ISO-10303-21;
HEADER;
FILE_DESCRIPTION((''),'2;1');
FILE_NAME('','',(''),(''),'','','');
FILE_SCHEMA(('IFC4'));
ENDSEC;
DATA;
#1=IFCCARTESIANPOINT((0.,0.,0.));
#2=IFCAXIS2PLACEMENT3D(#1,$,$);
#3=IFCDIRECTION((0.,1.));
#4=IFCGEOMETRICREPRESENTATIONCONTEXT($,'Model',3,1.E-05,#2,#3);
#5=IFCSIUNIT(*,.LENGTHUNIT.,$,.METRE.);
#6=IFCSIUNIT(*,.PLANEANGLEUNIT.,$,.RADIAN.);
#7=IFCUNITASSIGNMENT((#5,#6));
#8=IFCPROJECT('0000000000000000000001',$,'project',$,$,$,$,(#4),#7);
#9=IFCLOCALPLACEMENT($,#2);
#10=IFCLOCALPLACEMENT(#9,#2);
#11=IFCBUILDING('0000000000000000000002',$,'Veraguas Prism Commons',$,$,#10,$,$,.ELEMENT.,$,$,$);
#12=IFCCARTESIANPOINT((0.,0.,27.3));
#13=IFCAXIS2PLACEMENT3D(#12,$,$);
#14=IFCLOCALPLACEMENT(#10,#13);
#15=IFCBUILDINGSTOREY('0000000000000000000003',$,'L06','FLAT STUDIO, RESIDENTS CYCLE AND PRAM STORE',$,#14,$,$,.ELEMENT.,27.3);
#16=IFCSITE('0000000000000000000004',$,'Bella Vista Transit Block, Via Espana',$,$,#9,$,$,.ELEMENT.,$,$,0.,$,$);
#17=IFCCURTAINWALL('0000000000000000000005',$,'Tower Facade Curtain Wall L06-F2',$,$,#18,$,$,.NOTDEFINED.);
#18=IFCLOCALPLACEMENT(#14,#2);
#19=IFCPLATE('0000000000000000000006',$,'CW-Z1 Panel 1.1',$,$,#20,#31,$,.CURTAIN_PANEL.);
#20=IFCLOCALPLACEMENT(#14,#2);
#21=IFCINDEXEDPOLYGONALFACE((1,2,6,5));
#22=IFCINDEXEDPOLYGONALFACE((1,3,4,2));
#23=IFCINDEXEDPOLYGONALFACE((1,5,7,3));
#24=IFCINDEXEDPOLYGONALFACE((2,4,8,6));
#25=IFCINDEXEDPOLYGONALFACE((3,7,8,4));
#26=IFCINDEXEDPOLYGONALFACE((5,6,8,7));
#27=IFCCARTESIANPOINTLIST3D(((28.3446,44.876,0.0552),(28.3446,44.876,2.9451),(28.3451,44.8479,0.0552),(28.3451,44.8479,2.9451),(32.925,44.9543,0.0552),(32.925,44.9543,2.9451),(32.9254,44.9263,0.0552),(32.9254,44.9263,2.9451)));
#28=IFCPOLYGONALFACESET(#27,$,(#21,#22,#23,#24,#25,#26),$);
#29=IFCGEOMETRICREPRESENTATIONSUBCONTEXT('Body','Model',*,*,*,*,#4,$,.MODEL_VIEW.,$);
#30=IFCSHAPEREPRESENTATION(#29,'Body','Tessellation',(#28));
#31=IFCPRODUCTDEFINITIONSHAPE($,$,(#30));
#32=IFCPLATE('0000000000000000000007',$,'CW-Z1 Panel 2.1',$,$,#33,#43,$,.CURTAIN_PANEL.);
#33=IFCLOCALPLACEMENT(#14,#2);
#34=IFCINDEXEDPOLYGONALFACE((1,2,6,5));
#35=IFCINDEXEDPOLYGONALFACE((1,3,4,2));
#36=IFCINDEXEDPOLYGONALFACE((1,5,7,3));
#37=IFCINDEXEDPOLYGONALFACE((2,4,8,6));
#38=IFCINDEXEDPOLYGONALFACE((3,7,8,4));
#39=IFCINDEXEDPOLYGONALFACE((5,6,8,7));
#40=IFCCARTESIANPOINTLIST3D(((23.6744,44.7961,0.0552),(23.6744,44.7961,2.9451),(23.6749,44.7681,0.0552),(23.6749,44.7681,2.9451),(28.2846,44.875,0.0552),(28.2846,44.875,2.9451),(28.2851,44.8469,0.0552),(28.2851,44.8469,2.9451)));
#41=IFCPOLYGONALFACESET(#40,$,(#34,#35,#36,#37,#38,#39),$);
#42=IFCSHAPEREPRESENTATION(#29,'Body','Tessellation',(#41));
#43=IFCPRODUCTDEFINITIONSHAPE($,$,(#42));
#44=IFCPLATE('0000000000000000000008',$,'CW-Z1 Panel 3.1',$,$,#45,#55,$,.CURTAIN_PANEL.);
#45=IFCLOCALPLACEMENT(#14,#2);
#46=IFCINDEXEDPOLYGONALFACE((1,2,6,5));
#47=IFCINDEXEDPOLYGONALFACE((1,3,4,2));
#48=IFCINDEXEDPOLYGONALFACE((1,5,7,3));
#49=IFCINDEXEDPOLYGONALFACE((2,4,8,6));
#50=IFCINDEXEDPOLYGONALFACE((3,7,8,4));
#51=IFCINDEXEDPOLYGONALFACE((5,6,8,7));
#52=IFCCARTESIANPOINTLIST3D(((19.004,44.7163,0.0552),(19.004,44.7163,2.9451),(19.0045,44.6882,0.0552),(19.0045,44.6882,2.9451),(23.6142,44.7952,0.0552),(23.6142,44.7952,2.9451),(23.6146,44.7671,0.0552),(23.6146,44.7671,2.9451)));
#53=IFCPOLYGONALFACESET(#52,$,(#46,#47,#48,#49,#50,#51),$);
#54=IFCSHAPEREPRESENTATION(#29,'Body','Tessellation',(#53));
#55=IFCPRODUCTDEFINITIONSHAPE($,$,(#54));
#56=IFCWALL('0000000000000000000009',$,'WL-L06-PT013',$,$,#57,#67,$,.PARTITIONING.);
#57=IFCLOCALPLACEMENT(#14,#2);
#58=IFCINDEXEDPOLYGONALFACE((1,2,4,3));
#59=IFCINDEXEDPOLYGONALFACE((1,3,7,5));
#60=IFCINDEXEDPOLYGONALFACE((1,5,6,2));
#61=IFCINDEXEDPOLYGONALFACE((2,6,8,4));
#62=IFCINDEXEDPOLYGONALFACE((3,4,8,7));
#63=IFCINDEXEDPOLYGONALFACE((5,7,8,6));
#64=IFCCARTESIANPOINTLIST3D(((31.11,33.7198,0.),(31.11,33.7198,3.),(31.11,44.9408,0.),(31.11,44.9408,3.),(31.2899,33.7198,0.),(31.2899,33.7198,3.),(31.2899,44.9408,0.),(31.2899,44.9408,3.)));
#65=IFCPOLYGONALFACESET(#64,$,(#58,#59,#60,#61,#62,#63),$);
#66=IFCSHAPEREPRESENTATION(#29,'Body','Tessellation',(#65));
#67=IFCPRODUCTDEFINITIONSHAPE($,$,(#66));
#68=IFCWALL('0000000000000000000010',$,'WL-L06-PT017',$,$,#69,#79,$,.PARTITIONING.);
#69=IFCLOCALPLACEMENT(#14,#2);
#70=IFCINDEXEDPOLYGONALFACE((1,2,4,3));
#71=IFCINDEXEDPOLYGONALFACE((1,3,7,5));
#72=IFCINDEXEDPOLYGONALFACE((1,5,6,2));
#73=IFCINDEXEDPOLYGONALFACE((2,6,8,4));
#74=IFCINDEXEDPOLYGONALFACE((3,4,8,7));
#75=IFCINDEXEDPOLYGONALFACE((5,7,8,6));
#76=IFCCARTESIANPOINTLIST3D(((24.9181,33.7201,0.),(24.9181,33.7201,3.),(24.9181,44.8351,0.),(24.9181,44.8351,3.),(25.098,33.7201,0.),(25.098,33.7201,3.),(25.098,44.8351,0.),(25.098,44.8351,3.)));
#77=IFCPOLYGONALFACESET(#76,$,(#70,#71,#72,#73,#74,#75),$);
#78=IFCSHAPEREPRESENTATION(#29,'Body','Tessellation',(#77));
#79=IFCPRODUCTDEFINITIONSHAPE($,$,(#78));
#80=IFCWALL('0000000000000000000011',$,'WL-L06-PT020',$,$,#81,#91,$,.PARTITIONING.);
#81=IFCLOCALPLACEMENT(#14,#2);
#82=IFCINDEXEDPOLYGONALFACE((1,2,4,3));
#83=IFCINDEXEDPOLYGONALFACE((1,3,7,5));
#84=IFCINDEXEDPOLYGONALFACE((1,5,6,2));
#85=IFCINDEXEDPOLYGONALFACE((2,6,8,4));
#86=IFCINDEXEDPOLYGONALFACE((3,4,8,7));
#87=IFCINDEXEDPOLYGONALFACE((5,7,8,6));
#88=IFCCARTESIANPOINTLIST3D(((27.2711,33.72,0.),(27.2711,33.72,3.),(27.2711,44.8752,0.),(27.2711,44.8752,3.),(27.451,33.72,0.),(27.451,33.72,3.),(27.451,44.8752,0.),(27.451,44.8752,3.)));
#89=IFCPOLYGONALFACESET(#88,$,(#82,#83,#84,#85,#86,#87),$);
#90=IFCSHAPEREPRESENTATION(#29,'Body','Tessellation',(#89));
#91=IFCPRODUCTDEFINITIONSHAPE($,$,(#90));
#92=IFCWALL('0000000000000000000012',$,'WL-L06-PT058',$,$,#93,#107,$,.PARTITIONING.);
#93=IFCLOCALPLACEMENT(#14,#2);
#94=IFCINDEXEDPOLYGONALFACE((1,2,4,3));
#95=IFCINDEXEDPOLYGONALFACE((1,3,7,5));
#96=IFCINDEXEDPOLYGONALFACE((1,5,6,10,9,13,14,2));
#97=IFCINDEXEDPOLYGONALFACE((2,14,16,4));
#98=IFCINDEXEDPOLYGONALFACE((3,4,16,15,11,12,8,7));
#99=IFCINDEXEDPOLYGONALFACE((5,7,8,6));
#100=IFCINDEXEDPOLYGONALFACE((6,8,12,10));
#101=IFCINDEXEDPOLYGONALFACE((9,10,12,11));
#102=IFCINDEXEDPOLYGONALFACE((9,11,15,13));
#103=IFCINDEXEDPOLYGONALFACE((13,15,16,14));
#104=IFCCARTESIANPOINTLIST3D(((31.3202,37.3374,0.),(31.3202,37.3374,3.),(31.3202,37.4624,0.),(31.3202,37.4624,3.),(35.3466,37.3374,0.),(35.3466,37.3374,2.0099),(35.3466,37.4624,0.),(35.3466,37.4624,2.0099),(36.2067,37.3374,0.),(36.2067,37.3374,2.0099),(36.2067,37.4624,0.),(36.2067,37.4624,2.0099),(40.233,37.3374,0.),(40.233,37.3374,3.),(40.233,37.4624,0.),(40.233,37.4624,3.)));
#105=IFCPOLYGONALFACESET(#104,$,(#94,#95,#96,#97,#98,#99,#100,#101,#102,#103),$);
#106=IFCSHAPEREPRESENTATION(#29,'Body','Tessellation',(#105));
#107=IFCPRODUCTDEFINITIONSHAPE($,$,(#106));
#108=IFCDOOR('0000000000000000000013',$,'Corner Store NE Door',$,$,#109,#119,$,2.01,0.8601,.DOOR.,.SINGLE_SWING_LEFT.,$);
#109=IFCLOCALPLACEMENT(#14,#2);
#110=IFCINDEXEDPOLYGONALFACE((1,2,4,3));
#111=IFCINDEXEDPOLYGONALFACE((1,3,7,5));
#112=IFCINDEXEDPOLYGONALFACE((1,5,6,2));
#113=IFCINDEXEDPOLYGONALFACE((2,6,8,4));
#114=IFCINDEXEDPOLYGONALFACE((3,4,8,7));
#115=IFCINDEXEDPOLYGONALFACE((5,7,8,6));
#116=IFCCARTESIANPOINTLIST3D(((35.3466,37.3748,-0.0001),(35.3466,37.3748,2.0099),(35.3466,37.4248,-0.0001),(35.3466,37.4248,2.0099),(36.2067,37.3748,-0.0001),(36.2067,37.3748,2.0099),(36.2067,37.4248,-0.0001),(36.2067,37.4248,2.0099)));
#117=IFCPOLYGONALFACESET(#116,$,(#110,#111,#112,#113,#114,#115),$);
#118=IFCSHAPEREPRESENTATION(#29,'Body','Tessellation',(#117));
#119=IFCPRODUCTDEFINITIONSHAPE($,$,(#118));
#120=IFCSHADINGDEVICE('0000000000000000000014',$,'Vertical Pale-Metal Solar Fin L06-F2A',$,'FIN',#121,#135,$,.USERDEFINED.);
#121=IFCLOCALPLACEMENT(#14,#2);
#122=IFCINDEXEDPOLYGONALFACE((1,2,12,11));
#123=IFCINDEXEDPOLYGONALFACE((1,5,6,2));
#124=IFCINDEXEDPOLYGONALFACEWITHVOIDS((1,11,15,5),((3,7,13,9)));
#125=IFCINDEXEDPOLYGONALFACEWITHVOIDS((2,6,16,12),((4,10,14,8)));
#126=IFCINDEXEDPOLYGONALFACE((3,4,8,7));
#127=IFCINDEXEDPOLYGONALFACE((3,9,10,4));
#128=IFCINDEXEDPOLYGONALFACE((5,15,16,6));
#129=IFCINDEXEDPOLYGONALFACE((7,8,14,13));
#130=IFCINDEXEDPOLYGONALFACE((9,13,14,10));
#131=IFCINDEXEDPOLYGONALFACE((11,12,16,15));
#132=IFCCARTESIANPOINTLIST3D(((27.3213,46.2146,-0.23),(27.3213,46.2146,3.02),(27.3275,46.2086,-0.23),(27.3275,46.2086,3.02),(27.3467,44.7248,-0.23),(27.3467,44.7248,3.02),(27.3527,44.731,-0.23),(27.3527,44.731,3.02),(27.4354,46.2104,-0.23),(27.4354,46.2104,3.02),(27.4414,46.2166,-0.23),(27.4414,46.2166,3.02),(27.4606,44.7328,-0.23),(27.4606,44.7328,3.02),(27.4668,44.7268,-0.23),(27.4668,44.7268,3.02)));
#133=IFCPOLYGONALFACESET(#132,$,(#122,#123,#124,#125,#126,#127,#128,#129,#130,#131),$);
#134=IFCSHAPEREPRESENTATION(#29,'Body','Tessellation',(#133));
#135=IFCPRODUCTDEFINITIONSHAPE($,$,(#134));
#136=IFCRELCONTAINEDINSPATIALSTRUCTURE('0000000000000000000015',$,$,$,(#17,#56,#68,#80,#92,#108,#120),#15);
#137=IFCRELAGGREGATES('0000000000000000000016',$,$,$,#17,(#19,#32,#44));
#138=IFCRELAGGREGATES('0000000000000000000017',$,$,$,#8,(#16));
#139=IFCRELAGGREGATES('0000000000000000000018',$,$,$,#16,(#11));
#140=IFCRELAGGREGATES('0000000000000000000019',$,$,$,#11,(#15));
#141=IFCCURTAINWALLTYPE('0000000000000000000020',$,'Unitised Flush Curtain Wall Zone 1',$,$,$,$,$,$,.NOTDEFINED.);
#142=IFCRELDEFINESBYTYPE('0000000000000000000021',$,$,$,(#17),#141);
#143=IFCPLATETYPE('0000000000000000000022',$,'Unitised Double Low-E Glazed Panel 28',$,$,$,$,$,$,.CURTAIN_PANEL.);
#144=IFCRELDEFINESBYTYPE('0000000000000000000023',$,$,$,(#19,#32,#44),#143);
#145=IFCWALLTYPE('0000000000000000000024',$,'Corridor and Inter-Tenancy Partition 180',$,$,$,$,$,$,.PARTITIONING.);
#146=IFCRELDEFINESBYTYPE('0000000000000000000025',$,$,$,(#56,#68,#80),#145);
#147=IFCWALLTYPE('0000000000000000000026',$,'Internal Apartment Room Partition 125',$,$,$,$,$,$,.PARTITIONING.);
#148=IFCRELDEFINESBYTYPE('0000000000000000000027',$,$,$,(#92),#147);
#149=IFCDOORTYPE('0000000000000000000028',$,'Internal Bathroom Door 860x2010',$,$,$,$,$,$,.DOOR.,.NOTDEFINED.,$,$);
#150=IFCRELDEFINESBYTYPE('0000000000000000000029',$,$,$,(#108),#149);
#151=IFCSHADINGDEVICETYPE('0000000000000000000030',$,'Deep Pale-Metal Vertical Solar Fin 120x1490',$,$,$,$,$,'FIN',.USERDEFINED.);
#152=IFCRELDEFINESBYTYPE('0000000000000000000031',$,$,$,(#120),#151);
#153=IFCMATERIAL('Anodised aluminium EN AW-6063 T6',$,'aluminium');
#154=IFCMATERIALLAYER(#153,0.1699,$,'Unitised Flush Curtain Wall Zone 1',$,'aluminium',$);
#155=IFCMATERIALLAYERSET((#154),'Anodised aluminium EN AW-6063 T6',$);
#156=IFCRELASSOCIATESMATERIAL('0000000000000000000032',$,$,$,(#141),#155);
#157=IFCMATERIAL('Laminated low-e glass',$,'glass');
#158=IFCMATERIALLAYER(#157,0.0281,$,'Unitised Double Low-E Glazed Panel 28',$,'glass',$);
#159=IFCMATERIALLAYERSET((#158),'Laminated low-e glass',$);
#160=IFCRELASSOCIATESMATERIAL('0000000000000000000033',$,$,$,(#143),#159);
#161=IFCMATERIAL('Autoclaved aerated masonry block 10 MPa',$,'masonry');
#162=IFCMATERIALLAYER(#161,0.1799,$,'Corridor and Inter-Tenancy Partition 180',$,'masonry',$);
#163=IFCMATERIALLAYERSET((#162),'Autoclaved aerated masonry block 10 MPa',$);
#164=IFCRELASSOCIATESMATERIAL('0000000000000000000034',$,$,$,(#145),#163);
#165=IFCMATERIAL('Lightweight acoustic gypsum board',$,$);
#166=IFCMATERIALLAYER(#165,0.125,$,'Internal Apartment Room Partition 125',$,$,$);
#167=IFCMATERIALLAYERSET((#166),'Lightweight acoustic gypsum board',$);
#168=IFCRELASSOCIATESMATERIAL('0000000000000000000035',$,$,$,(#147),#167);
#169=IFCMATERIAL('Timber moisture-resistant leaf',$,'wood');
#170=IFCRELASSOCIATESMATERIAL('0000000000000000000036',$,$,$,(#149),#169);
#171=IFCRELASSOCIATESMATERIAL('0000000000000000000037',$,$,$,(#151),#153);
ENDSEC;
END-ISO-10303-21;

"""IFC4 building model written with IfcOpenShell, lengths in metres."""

from ifc_helpers import new_model, si_unit, direction, frame, frame_2d, origin, origin_2d, place, context, subcontext, project, spatial, rectangle, hollow_rectangle, extrude, source, transform, mapped, material, layer, layer_set, material_profile, profile_set, type_object, element, fill, aggregate, save


model = new_model("IFC4")

# Units and contexts
model_context = context("Model", 3, precision=1e-05, world=origin(), true_north=direction((0.0, 1.0)))
body_context = subcontext(model_context, "Body", "Model", "MODEL_VIEW")
ifc_project = project(units=[si_unit("LENGTHUNIT", "METRE"), si_unit("PLANEANGLEUNIT", "RADIAN")], contexts=[model_context])

# Site, building, storey
site_placement = place(None, origin())
site = spatial("IfcSite", under=ifc_project, at=site_placement, Name="Bella Vista Transit Block, Via Espana", CompositionType="ELEMENT", RefElevation=0.0)
building_placement = place(site_placement, origin())
building = spatial("IfcBuilding", under=site, at=building_placement, Name="Veraguas Prism Commons", CompositionType="ELEMENT")
storey_placement = place(building_placement, frame((0.0, 0.0, 27.3)))
storey = spatial("IfcBuildingStorey", under=building, at=storey_placement, Name="L06", Description="FLAT STUDIO, RESIDENTS CYCLE AND PRAM STORE", CompositionType="ELEMENT", Elevation=27.3)

# Curtain wall, plates
ifc_material_1 = material(Name="Anodised aluminium EN AW-6063 T6", Category="aluminium")
ifc_layer_1 = layer(ifc_material_1, 0.1699, Name="Unitised Flush Curtain Wall Zone 1", Category="aluminium")
ifc_layer_set_1 = layer_set([ifc_layer_1], Name="Anodised aluminium EN AW-6063 T6")
curtain_wall_type = type_object("IfcCurtainWallType", Name="Unitised Flush Curtain Wall Zone 1", PredefinedType="NOTDEFINED", material=ifc_layer_set_1)
curtain_wall_placement = place(storey_placement, origin())
curtain_wall = element("IfcCurtainWall", 1, at=curtain_wall_placement, inside=storey, type_object=curtain_wall_type, Name="Tower Facade Curtain Wall L06-F2", PredefinedType="NOTDEFINED")
ifc_material_2 = material(Name="Laminated low-e glass", Category="glass")
ifc_layer_2 = layer(ifc_material_2, 0.0281, Name="Unitised Double Low-E Glazed Panel 28", Category="glass")
ifc_layer_set_2 = layer_set([ifc_layer_2], Name="Laminated low-e glass")
plate_type = type_object("IfcPlateType", Name="Unitised Double Low-E Glazed Panel 28", PredefinedType="CURTAIN_PANEL", material=ifc_layer_set_2)
shared_shape_1 = source(origin(), body_context, "Body", "SweptSolid", [
    extrude(rectangle(XDim=4.5811, YDim=0.0281, at=origin_2d()), origin(), (0.0, 0.0, 1.0), 2.8899),
])
plate_1_placement = place(storey_placement, frame((30.635, 44.9011, 0.0552), z_axis=(0.0, 0.0, 1.0), x_axis=(-0.999854, -0.017105, 0.0)))
plate_1 = element("IfcPlate", 2, at=plate_1_placement, type_object=plate_type, Name="CW-Z1 Panel 1.1", PredefinedType="CURTAIN_PANEL", context=body_context, shape_type="MappedRepresentation", body=[
    mapped(shared_shape_1, transform((0.0, 0.0, 0.0), scale=1.0)),
])
shared_shape_2 = source(origin(), body_context, "Body", "SweptSolid", [
    extrude(rectangle(XDim=4.6108, YDim=0.0281, at=origin_2d()), origin(), (0.0, 0.0, 1.0), 2.8899),
])
plate_2_placement = place(storey_placement, frame((25.9797, 44.8215, 0.0552), z_axis=(0.0, 0.0, 1.0), x_axis=(-0.999854, -0.017105, 0.0)))
plate_2 = element("IfcPlate", 3, at=plate_2_placement, type_object=plate_type, Name="CW-Z1 Panel 2.1", PredefinedType="CURTAIN_PANEL", context=body_context, shape_type="MappedRepresentation", body=[
    mapped(shared_shape_2, transform((0.0, 0.0, 0.0), scale=1.0)),
])
plate_3_placement = place(storey_placement, frame((21.3093, 44.7417, 0.0552), z_axis=(0.0, 0.0, 1.0), x_axis=(-0.999854, -0.017105, 0.0)))
plate_3 = element("IfcPlate", 4, at=plate_3_placement, type_object=plate_type, Name="CW-Z1 Panel 3.1", PredefinedType="CURTAIN_PANEL", context=body_context, shape_type="MappedRepresentation", body=[
    mapped(shared_shape_2, transform((0.0, 0.0, 0.0), scale=1.0)),
])
aggregate(curtain_wall, [plate_1, plate_2, plate_3])

# Walls
ifc_material_3 = material(Name="Autoclaved aerated masonry block 10 MPa", Category="masonry")
ifc_layer_3 = layer(ifc_material_3, 0.1799, Name="Corridor and Inter-Tenancy Partition 180", Category="masonry")
ifc_layer_set_3 = layer_set([ifc_layer_3], Name="Autoclaved aerated masonry block 10 MPa")
wall_type_1 = type_object("IfcWallType", Name="Corridor and Inter-Tenancy Partition 180", PredefinedType="PARTITIONING", material=ifc_layer_set_3)
wall_1_placement = place(storey_placement, frame((31.2, 33.72, 0.0), z_axis=(0.0, 0.0, 1.0), x_axis=(0.0, 1.0, 0.0)))
element("IfcWall", 5, at=wall_1_placement, inside=storey, type_object=wall_type_1, Name="WL-L06-PT013", PredefinedType="PARTITIONING", context=body_context, shape_type="SweptSolid", body=[
    extrude(rectangle(XDim=11.2209, YDim=0.1799, at=frame_2d((5.6104, 0.0))), origin(), (0.0, 0.0, 1.0), 3.0),
])
wall_2_placement = place(storey_placement, frame((25.0081, 33.72, 0.0), z_axis=(0.0, 0.0, 1.0), x_axis=(0.0, 1.0, 0.0)))
element("IfcWall", 6, at=wall_2_placement, inside=storey, type_object=wall_type_1, Name="WL-L06-PT017", PredefinedType="PARTITIONING", context=body_context, shape_type="SweptSolid", body=[
    extrude(rectangle(XDim=11.115, YDim=0.1799, at=frame_2d((5.5576, 0.0))), origin(), (0.0, 0.0, 1.0), 3.0),
])
wall_3_placement = place(storey_placement, frame((27.3611, 33.72, 0.0), z_axis=(0.0, 0.0, 1.0), x_axis=(0.0, 1.0, 0.0)))
element("IfcWall", 7, at=wall_3_placement, inside=storey, type_object=wall_type_1, Name="WL-L06-PT020", PredefinedType="PARTITIONING", context=body_context, shape_type="SweptSolid", body=[
    extrude(rectangle(XDim=11.1553, YDim=0.1799, at=frame_2d((5.5776, 0.0))), origin(), (0.0, 0.0, 1.0), 3.0),
])

# Wall, opening, door
ifc_material_4 = material(Name="Lightweight acoustic gypsum board")
ifc_layer_4 = layer(ifc_material_4, 0.125, Name="Internal Apartment Room Partition 125")
ifc_layer_set_4 = layer_set([ifc_layer_4], Name="Lightweight acoustic gypsum board")
wall_type_2 = type_object("IfcWallType", Name="Internal Apartment Room Partition 125", PredefinedType="PARTITIONING", material=ifc_layer_set_4)
wall_4_placement = place(storey_placement, frame((31.3201, 37.3999, 0.0), z_axis=(0.0, 0.0, 1.0), x_axis=(1.0, 0.0, 0.0)))
wall_4 = element("IfcWall", 8, at=wall_4_placement, inside=storey, type_object=wall_type_2, Name="WL-L06-PT058", PredefinedType="PARTITIONING", context=body_context, shape_type="SweptSolid", body=[
    extrude(rectangle(XDim=8.9128, YDim=0.125, at=frame_2d((4.4565, 0.0))), origin(), (0.0, 0.0, 1.0), 3.0),
])
opening_placement = place(wall_4_placement, frame((4.0264, 0.0, 0.0)))
opening = element("IfcOpeningElement", 9, at=opening_placement, cuts=wall_4, PredefinedType="OPENING", context=body_context, shape_type="SweptSolid", body=[
    extrude(rectangle(XDim=0.8601, YDim=2.01, at=frame_2d((0.4302, 1.0049))), frame((0.0, 0.0725, 0.0), z_axis=(0.0, -1.0, 0.0), x_axis=(1.0, 0.0, 0.0)), (0.0, 0.0, 1.0), 0.145),
])
ifc_material_5 = material(Name="Timber moisture-resistant leaf", Category="wood")
door_type = type_object("IfcDoorType", Name="Internal Bathroom Door 860x2010", OperationType="NOTDEFINED", PredefinedType="DOOR", material=ifc_material_5)
shared_shape_3 = source(origin(), body_context, "Body", "SweptSolid", [
    extrude(rectangle(XDim=0.8601, YDim=2.01, at=frame_2d((0.4302, 1.0049))), frame((0.0, 0.0249, 0.0), z_axis=(0.0, -1.0, 0.0), x_axis=(1.0, 0.0, 0.0)), (0.0, 0.0, 1.0), 0.05),
])
door_placement = place(opening_placement, origin())
door = element("IfcDoor", 10, at=door_placement, inside=storey, type_object=door_type, Name="Corner Store NE Door", OperationType="SINGLE_SWING_LEFT", OverallHeight=2.01, OverallWidth=0.8601, PredefinedType="DOOR", context=body_context, shape_type="MappedRepresentation", body=[
    mapped(shared_shape_3, transform((0.0, 0.0, 0.0), scale=1.0)),
])
fill(opening, door)

# Shading device
ifc_material_profile_1 = material_profile(ifc_material_1, hollow_rectangle(XDim=0.1201, YDim=1.49, WallThickness=0.0061, at=origin_2d()), Name="FIN120X1490X6")
ifc_profile_set_1 = profile_set([ifc_material_profile_1], Name="Anodised aluminium EN AW-6063 T6")
shading_device_type = type_object("IfcShadingDeviceType", Name="Deep Pale-Metal Vertical Solar Fin 120x1490", ElementType="FIN", PredefinedType="USERDEFINED", material=ifc_profile_set_1)
shading_device_placement = place(storey_placement, frame((27.394, 45.4707, -0.23), z_axis=(0.0, 0.0, 1.0), x_axis=(-0.999854, -0.017103, 0.0)))
element("IfcShadingDevice", 11, at=shading_device_placement, inside=storey, type_object=shading_device_type, Name="Vertical Pale-Metal Solar Fin L06-F2A", ObjectType="FIN", PredefinedType="USERDEFINED", context=body_context, shape_type="SweptSolid", body=[
    extrude(hollow_rectangle(XDim=0.1201, YDim=1.49, WallThickness=0.0061, at=origin_2d()), origin(), (0.0, 0.0, 1.0), 3.25),
])

save(model, "model.ifc")
